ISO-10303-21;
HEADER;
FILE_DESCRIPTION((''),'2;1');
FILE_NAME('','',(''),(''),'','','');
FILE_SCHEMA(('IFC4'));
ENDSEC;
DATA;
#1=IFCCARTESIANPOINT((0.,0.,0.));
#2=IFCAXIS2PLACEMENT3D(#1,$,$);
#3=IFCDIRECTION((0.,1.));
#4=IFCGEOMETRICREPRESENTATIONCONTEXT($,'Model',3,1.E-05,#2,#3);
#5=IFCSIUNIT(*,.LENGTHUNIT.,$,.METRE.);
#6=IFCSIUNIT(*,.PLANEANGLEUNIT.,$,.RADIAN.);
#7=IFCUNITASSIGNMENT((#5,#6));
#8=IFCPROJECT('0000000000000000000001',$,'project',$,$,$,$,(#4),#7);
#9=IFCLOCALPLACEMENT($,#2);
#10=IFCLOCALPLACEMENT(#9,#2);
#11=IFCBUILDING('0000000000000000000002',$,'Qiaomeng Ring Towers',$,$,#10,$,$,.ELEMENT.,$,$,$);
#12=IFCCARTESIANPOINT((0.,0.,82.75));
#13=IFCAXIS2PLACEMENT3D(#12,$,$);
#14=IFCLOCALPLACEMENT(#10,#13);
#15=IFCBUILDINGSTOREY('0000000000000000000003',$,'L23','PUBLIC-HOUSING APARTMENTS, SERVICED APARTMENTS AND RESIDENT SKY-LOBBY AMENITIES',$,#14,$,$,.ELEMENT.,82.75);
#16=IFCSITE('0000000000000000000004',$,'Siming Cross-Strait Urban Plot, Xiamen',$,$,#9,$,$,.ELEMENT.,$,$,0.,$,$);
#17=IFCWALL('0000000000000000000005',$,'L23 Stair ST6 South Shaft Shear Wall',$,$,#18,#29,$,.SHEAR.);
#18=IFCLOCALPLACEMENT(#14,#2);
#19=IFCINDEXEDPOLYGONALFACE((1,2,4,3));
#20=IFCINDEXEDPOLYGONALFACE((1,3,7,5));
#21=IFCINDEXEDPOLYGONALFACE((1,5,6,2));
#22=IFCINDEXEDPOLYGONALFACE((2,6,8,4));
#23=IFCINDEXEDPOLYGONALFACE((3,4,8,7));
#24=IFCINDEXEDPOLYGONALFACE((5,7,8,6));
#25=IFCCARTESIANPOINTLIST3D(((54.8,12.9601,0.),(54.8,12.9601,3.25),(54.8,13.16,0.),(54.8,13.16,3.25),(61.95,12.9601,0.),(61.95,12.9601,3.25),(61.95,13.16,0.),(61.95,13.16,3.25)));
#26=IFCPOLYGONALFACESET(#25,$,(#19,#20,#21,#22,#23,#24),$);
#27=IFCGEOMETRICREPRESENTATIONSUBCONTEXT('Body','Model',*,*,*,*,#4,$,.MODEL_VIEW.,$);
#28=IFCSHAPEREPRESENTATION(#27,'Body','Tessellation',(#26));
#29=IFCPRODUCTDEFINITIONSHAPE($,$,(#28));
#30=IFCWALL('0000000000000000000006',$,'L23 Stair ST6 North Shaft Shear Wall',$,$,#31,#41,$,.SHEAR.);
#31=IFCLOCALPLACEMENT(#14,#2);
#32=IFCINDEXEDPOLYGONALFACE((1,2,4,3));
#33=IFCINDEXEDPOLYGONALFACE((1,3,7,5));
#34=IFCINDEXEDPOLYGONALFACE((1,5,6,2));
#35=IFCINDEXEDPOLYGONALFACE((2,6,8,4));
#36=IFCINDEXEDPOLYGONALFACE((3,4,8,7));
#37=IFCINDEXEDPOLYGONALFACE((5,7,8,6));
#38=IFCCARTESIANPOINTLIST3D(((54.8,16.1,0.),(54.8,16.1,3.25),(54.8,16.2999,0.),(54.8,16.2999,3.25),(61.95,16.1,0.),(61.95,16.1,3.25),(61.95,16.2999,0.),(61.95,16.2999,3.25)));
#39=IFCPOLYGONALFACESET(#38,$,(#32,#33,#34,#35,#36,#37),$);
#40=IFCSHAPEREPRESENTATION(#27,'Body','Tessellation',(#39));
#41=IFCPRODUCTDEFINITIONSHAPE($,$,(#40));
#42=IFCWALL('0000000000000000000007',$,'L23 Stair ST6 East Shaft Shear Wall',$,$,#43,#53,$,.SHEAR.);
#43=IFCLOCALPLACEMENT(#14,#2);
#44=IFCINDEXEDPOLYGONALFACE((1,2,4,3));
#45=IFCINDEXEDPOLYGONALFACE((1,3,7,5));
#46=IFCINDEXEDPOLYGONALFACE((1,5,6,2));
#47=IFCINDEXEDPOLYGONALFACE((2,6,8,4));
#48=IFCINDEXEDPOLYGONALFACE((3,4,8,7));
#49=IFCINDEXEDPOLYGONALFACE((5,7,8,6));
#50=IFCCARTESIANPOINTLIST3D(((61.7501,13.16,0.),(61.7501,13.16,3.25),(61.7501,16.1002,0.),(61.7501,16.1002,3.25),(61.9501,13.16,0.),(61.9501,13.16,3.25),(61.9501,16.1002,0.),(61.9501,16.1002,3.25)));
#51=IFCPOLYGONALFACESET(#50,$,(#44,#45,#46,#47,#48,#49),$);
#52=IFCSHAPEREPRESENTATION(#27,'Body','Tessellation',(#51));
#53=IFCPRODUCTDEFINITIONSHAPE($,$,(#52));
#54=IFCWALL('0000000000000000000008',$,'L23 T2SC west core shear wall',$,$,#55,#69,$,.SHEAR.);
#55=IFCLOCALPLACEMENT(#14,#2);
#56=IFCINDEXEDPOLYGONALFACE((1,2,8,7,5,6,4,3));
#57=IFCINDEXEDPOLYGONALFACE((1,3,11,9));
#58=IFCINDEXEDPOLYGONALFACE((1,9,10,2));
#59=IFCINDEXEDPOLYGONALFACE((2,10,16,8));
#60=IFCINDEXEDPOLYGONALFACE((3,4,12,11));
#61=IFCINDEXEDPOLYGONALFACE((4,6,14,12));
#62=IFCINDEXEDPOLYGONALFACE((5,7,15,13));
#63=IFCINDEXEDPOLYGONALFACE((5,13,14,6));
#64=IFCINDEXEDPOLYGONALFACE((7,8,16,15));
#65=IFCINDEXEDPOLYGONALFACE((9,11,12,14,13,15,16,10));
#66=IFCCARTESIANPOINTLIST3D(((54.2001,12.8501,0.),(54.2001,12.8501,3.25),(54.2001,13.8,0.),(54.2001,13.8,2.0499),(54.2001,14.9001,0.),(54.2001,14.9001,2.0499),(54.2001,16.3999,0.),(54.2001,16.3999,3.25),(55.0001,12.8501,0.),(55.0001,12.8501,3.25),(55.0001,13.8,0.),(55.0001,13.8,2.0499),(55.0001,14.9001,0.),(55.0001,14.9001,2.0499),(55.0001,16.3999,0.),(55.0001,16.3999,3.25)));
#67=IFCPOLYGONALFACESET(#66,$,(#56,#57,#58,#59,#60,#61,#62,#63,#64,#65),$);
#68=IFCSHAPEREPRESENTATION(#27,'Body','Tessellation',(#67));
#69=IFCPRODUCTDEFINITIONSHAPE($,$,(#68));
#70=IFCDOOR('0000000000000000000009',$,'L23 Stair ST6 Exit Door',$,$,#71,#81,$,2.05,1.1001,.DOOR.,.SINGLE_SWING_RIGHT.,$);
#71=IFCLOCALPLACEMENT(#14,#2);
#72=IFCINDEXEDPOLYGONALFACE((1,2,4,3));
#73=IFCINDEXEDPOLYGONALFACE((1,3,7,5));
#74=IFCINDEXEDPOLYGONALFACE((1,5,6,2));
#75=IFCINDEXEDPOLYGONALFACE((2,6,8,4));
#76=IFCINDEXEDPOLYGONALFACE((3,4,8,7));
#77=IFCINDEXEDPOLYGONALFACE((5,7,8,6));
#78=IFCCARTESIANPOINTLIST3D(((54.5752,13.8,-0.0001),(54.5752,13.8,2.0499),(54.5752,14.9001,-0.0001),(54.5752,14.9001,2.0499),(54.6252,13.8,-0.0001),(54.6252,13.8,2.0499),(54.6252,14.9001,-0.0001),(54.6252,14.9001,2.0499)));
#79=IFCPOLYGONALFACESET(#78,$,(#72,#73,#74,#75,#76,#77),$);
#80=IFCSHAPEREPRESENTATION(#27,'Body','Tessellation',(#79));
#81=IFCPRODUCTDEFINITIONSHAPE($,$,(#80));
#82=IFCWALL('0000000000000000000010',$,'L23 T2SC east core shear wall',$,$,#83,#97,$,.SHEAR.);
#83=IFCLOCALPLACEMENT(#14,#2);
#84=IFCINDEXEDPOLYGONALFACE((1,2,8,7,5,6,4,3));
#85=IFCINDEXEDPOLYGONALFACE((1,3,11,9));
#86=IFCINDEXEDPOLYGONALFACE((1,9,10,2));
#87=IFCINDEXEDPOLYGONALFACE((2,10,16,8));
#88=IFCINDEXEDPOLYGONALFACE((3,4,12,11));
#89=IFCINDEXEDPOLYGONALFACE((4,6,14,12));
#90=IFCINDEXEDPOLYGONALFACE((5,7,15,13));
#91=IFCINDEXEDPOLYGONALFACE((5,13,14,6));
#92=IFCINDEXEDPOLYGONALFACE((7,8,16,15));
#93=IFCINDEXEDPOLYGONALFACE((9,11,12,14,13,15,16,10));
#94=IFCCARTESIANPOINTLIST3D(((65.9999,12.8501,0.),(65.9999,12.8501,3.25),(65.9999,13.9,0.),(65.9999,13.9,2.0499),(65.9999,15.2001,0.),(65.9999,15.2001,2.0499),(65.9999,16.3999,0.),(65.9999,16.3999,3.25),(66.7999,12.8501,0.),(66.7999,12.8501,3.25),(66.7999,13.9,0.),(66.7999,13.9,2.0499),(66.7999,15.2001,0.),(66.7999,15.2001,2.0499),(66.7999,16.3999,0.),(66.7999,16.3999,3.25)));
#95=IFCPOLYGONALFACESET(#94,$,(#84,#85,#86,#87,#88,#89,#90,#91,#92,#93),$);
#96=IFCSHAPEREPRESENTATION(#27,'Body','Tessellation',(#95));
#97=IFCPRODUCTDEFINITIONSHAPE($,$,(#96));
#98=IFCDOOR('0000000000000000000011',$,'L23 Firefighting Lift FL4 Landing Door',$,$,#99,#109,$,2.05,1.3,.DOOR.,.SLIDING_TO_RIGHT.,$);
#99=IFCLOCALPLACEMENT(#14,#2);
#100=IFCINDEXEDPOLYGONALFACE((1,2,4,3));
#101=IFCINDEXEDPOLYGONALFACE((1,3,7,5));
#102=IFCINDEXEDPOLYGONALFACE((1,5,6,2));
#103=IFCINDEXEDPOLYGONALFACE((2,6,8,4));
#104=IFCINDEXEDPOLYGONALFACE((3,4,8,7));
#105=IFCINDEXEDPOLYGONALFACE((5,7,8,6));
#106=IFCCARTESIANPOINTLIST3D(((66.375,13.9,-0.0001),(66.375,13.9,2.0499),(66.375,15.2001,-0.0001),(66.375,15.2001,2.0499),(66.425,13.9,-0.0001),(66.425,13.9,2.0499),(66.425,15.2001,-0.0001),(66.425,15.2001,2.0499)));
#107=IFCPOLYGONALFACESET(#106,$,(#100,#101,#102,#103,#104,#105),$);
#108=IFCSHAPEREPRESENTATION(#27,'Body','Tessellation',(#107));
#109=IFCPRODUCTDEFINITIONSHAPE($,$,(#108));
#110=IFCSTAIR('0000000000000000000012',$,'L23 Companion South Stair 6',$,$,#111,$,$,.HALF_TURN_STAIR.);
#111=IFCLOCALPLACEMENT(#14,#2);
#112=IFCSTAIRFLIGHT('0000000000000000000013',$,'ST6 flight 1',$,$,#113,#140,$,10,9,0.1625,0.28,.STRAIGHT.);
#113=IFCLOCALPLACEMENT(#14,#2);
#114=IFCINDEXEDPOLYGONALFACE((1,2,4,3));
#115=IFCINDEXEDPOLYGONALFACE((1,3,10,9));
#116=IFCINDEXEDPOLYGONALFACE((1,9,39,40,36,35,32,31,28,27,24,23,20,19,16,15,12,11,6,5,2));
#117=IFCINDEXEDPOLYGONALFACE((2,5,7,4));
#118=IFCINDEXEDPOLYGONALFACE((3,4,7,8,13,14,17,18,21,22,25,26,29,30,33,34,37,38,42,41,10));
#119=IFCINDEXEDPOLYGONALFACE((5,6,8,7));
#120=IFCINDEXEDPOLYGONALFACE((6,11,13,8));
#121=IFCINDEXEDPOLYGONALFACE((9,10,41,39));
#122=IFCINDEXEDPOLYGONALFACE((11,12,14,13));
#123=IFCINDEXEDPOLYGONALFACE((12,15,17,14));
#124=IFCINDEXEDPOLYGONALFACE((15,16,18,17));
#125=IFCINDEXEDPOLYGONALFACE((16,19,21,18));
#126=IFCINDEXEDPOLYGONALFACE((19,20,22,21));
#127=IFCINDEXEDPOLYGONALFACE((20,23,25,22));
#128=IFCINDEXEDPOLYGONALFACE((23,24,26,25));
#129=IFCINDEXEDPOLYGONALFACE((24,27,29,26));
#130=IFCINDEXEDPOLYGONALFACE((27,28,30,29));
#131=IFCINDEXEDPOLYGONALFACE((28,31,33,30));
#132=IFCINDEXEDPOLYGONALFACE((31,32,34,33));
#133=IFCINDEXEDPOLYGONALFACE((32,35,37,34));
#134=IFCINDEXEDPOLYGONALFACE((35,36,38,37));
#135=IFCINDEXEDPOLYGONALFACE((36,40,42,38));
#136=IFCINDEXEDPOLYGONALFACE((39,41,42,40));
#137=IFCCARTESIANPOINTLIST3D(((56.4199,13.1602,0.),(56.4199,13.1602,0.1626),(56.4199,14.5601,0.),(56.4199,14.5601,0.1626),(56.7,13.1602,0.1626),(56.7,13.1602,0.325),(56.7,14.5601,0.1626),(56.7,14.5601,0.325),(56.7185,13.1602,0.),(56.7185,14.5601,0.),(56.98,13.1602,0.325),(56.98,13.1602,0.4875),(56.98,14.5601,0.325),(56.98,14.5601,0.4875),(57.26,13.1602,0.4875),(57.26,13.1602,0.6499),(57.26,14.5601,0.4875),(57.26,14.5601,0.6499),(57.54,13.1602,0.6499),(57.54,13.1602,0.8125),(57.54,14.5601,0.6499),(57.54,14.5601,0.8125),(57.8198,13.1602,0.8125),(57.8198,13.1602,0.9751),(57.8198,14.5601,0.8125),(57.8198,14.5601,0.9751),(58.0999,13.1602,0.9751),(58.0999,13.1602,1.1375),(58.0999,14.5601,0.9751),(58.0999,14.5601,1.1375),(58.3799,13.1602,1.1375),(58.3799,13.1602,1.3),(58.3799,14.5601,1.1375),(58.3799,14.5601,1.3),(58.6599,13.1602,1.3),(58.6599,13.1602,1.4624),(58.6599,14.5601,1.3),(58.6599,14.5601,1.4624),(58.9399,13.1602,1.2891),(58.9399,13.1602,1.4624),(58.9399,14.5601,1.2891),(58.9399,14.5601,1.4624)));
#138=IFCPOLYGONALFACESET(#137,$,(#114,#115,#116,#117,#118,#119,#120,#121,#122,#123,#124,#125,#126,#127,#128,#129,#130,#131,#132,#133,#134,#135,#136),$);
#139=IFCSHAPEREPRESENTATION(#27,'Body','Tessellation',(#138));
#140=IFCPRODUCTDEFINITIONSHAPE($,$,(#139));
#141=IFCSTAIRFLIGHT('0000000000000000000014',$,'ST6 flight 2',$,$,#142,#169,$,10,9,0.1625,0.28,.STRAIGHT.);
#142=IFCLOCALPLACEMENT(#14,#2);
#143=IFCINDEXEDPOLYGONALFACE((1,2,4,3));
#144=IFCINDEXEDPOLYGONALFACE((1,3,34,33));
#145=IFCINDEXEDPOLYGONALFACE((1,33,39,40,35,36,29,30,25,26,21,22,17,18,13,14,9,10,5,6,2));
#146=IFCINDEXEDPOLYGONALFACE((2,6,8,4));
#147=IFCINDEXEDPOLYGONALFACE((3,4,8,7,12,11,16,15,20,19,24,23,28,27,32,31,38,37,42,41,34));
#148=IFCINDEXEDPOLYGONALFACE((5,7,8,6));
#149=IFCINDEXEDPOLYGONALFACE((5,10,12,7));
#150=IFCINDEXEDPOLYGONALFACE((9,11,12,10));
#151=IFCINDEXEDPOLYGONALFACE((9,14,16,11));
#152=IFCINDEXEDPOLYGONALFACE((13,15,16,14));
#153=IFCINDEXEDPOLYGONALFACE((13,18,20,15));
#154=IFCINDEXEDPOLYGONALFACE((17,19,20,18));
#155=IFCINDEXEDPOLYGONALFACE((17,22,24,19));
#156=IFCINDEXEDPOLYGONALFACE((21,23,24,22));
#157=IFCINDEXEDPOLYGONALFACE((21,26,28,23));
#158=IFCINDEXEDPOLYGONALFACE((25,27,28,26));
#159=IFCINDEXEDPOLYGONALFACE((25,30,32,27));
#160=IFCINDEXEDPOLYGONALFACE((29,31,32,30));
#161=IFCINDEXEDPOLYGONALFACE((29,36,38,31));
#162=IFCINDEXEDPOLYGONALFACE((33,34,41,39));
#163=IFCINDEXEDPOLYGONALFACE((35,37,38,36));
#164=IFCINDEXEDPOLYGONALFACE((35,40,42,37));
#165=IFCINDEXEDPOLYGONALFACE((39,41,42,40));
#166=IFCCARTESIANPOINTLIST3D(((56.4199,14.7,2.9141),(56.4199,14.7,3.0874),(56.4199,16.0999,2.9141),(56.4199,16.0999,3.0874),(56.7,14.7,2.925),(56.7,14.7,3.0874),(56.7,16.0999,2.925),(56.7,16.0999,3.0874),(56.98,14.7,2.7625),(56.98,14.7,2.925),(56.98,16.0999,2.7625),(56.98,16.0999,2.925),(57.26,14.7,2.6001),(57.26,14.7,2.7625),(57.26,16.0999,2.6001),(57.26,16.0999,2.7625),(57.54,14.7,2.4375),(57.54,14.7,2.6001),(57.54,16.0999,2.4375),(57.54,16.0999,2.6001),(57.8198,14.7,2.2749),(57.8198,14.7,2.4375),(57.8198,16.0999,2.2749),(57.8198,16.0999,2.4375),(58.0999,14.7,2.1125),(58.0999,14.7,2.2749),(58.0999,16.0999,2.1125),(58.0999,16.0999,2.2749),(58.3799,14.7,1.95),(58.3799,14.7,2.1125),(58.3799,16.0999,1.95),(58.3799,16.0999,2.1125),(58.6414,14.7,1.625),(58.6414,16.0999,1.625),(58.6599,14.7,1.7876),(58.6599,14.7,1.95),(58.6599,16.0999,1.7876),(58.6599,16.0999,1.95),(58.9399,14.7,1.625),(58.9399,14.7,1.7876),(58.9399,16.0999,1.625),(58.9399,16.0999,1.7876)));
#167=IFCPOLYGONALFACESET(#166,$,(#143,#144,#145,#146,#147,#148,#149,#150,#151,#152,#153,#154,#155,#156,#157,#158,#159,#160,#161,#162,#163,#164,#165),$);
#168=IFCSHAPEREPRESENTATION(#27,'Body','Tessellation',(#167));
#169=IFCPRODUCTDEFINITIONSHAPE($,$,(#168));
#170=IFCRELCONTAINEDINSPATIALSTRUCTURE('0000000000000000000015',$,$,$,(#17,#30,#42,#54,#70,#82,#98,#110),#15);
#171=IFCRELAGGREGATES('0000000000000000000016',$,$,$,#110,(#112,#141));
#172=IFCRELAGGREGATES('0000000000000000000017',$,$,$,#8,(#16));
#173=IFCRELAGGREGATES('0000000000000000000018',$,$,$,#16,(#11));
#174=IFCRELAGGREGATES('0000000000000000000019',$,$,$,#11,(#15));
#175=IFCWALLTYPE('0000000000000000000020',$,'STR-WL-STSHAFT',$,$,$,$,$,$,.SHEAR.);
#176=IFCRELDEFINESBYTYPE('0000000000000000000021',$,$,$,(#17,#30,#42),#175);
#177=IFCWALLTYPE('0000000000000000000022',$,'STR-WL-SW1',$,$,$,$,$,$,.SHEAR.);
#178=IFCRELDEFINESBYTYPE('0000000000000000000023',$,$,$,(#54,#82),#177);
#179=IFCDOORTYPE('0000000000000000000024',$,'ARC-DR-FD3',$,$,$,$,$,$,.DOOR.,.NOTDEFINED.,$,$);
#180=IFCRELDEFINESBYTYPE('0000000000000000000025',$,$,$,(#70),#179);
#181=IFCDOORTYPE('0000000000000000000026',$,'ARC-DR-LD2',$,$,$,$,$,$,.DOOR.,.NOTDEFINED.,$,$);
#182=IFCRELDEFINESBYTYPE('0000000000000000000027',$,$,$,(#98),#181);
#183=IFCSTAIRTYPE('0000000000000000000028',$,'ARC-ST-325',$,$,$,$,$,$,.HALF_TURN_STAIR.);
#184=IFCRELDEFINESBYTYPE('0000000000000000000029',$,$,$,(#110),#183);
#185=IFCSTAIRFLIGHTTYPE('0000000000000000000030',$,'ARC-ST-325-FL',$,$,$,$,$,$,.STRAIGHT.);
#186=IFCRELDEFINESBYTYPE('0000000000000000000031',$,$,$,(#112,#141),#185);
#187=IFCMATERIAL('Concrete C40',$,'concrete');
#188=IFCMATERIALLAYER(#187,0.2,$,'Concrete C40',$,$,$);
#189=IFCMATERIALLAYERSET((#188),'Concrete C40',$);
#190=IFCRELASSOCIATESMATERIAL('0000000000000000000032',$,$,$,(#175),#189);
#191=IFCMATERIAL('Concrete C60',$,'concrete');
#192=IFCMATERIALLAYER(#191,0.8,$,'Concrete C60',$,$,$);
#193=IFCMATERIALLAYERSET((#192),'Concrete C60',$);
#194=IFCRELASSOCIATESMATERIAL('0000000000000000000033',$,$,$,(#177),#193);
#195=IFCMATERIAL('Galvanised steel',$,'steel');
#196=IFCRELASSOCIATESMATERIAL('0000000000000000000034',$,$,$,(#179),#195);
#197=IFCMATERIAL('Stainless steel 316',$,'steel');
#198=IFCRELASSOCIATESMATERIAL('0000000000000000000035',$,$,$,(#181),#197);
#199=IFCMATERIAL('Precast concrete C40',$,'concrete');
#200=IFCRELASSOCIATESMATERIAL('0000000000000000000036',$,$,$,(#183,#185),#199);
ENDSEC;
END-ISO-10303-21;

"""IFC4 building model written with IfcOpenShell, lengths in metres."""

from ifc_helpers import new_model, si_unit, direction, frame, frame_2d, origin, place, context, subcontext, project, spatial, polyline, rectangle, outline, extrude, source, transform, mapped, material, layer, layer_set, type_object, element, fill, aggregate, save


model = new_model("IFC4")

# Units and contexts
model_context = context("Model", 3, precision=1e-05, world=origin(), true_north=direction((0.0, 1.0)))
body_context = subcontext(model_context, "Body", "Model", "MODEL_VIEW")
ifc_project = project(units=[si_unit("LENGTHUNIT", "METRE"), si_unit("PLANEANGLEUNIT", "RADIAN")], contexts=[model_context])

# Site, building, storey
site_placement = place(None, origin())
site = spatial("IfcSite", under=ifc_project, at=site_placement, Name="Siming Cross-Strait Urban Plot, Xiamen", CompositionType="ELEMENT", RefElevation=0.0)
building_placement = place(site_placement, origin())
building = spatial("IfcBuilding", under=site, at=building_placement, Name="Qiaomeng Ring Towers", CompositionType="ELEMENT")
storey_placement = place(building_placement, frame((0.0, 0.0, 82.75)))
storey = spatial("IfcBuildingStorey", under=building, at=storey_placement, Name="L23", Description="PUBLIC-HOUSING APARTMENTS, SERVICED APARTMENTS AND RESIDENT SKY-LOBBY AMENITIES", CompositionType="ELEMENT", Elevation=82.75)

# Walls
ifc_material_1 = material(Name="Concrete C40", Category="concrete")
ifc_layer_1 = layer(ifc_material_1, 0.2, Name="Concrete C40")
ifc_layer_set_1 = layer_set([ifc_layer_1], Name="Concrete C40")
wall_type_1 = type_object("IfcWallType", Name="STR-WL-STSHAFT", PredefinedType="SHEAR", material=ifc_layer_set_1)
for number, where, z_axis, x_axis, name in (
    (1, (54.8, 13.0601, 0.0), (0.0, 0.0, 1.0), (1.0, 0.0, 0.0), "L23 Stair ST6 South Shaft Shear Wall"),
    (2, (54.8, 16.2, 0.0), (0.0, 0.0, 1.0), (1.0, 0.0, 0.0), "L23 Stair ST6 North Shaft Shear Wall"),
):
    element("IfcWall", number, at=place(storey_placement, frame(where, z_axis=z_axis, x_axis=x_axis)), inside=storey, type_object=wall_type_1, Name=name, PredefinedType="SHEAR", context=body_context, shape_type="SweptSolid", body=[
        extrude(rectangle(XDim=7.1499, YDim=0.2, at=frame_2d((3.575, 0.0))), origin(), (0.0, 0.0, 1.0), 3.25),
    ])
wall_1_placement = place(storey_placement, frame((61.8501, 13.1599, 0.0), z_axis=(0.0, 0.0, 1.0), x_axis=(0.0, 1.0, 0.0)))
element("IfcWall", 3, at=wall_1_placement, inside=storey, type_object=wall_type_1, Name="L23 Stair ST6 East Shaft Shear Wall", PredefinedType="SHEAR", context=body_context, shape_type="SweptSolid", body=[
    extrude(rectangle(XDim=2.9402, YDim=0.2, at=frame_2d((1.4702, 0.0))), origin(), (0.0, 0.0, 1.0), 3.25),
])

# Walls, openings, doors
ifc_material_2 = material(Name="Concrete C60", Category="concrete")
ifc_layer_2 = layer(ifc_material_2, 0.8, Name="Concrete C60")
ifc_layer_set_2 = layer_set([ifc_layer_2], Name="Concrete C60")
wall_type_2 = type_object("IfcWallType", Name="STR-WL-SW1", PredefinedType="SHEAR", material=ifc_layer_set_2)
wall_2_placement = place(storey_placement, frame((54.6001, 12.8501, 0.0), z_axis=(0.0, 0.0, 1.0), x_axis=(0.0, 1.0, 0.0)))
wall_2 = element("IfcWall", 4, at=wall_2_placement, inside=storey, type_object=wall_type_2, Name="L23 T2SC west core shear wall", PredefinedType="SHEAR", context=body_context, shape_type="SweptSolid", body=[
    extrude(rectangle(XDim=3.5498, YDim=0.8, at=frame_2d((1.7749, 0.0))), origin(), (0.0, 0.0, 1.0), 3.25),
])
opening_1_placement = place(wall_2_placement, frame((0.95, 0.0, 0.0)))
opening_1 = element("IfcOpeningElement", 5, at=opening_1_placement, cuts=wall_2, PredefinedType="OPENING", context=body_context, shape_type="SweptSolid", body=[
    extrude(rectangle(XDim=1.1001, YDim=2.05, at=frame_2d((0.55, 1.0249))), frame((0.0, 0.4099, 0.0), z_axis=(0.0, -1.0, 0.0), x_axis=(1.0, 0.0, 0.0)), (0.0, 0.0, 1.0), 0.8201),
])
ifc_material_3 = material(Name="Galvanised steel", Category="steel")
door_type_1 = type_object("IfcDoorType", Name="ARC-DR-FD3", OperationType="NOTDEFINED", PredefinedType="DOOR", material=ifc_material_3)
shared_shape_1 = source(origin(), body_context, "Body", "SweptSolid", [
    extrude(rectangle(XDim=1.1001, YDim=2.05, at=frame_2d((0.55, 1.0249))), frame((0.0, 0.0249, 0.0), z_axis=(0.0, -1.0, 0.0), x_axis=(1.0, 0.0, 0.0)), (0.0, 0.0, 1.0), 0.05),
])
door_1_placement = place(opening_1_placement, origin())
door_1 = element("IfcDoor", 6, at=door_1_placement, inside=storey, type_object=door_type_1, Name="L23 Stair ST6 Exit Door", OperationType="SINGLE_SWING_RIGHT", OverallHeight=2.05, OverallWidth=1.1001, PredefinedType="DOOR", context=body_context, shape_type="MappedRepresentation", body=[
    mapped(shared_shape_1, transform((0.0, 0.0, 0.0), x_axis=(1.0, 0.0, 0.0), y_axis=(0.0, 1.0, 0.0), z_axis=(0.0, 0.0, 1.0), scale=1.0)),
])
fill(opening_1, door_1)
wall_3_placement = place(storey_placement, frame((66.3999, 12.8501, 0.0), z_axis=(0.0, 0.0, 1.0), x_axis=(0.0, 1.0, 0.0)))
wall_3 = element("IfcWall", 7, at=wall_3_placement, inside=storey, type_object=wall_type_2, Name="L23 T2SC east core shear wall", PredefinedType="SHEAR", context=body_context, shape_type="SweptSolid", body=[
    extrude(rectangle(XDim=3.5498, YDim=0.8, at=frame_2d((1.7749, 0.0))), origin(), (0.0, 0.0, 1.0), 3.25),
])
opening_2_placement = place(wall_3_placement, frame((1.05, 0.0, 0.0)))
opening_2 = element("IfcOpeningElement", 8, at=opening_2_placement, cuts=wall_3, PredefinedType="OPENING", context=body_context, shape_type="SweptSolid", body=[
    extrude(rectangle(XDim=1.3, YDim=2.05, at=frame_2d((0.6499, 1.0249))), frame((0.0, 0.4099, 0.0), z_axis=(0.0, -1.0, 0.0), x_axis=(1.0, 0.0, 0.0)), (0.0, 0.0, 1.0), 0.8201),
])
ifc_material_4 = material(Name="Stainless steel 316", Category="steel")
door_type_2 = type_object("IfcDoorType", Name="ARC-DR-LD2", OperationType="NOTDEFINED", PredefinedType="DOOR", material=ifc_material_4)
shared_shape_2 = source(origin(), body_context, "Body", "SweptSolid", [
    extrude(rectangle(XDim=1.3, YDim=2.05, at=frame_2d((0.6499, 1.0249))), frame((0.0, 0.0249, 0.0), z_axis=(0.0, -1.0, 0.0), x_axis=(1.0, 0.0, 0.0)), (0.0, 0.0, 1.0), 0.05),
])
door_2_placement = place(opening_2_placement, origin())
door_2 = element("IfcDoor", 9, at=door_2_placement, inside=storey, type_object=door_type_2, Name="L23 Firefighting Lift FL4 Landing Door", OperationType="SLIDING_TO_RIGHT", OverallHeight=2.05, OverallWidth=1.3, PredefinedType="DOOR", context=body_context, shape_type="MappedRepresentation", body=[
    mapped(shared_shape_2, transform((0.0, 0.0, 0.0), x_axis=(1.0, 0.0, 0.0), y_axis=(0.0, 1.0, 0.0), z_axis=(0.0, 0.0, 1.0), scale=1.0)),
])
fill(opening_2, door_2)

# Stair, stair flights
ifc_material_5 = material(Name="Precast concrete C40", Category="concrete")
stair_type = type_object("IfcStairType", Name="ARC-ST-325", PredefinedType="HALF_TURN_STAIR", material=ifc_material_5)
stair_placement = place(storey_placement, origin())
stair = element("IfcStair", 10, at=stair_placement, inside=storey, type_object=stair_type, Name="L23 Companion South Stair 6", PredefinedType="HALF_TURN_STAIR")
stair_flight_type = type_object("IfcStairFlightType", Name="ARC-ST-325-FL", PredefinedType="STRAIGHT", material=ifc_material_5)
shared_shape_3 = source(origin(), body_context, "Body", "SweptSolid", [
    extrude(outline(polyline([(0.0, 0.0), (0.0, 0.1626), (0.28, 0.1626), (0.28, 0.325), (0.5601, 0.325), (0.5601, 0.4875), (0.8401, 0.4875), (0.8401, 0.6499), (1.1201, 0.6499), (1.1201, 0.8125), (1.3999, 0.8125), (1.3999, 0.9751), (1.6799, 0.9751), (1.6799, 1.1375), (1.96, 1.1375), (1.96, 1.3), (2.24, 1.3), (2.24, 1.4624), (2.52, 1.4624), (2.52, 1.625), (2.52, 1.2891), (0.2986, 0.0), (0.0, 0.0)])), frame((0.0, 0.7, 0.0), z_axis=(0.0, -1.0, 0.0), x_axis=(1.0, 0.0, 0.0)), (0.0, 0.0, 1.0), 1.3999),
])
stair_flight_1_placement = place(storey_placement, frame((56.4199, 13.8601, 0.0), z_axis=(0.0, 0.0, 1.0), x_axis=(1.0, 0.0, 0.0)))
stair_flight_1 = element("IfcStairFlight", 11, at=stair_flight_1_placement, type_object=stair_flight_type, Name="ST6 flight 1", NumberOfRisers=10, NumberOfTreads=9, PredefinedType="STRAIGHT", RiserHeight=0.1625, TreadLength=0.28, context=body_context, shape_type="MappedRepresentation", body=[
    mapped(shared_shape_3, transform((0.0, 0.0, 0.0), x_axis=(1.0, 0.0, 0.0), y_axis=(0.0, 1.0, 0.0), z_axis=(0.0, 0.0, 1.0), scale=1.0)),
])
stair_flight_2_placement = place(storey_placement, frame((58.9399, 15.3999, 1.625), z_axis=(0.0, 0.0, 1.0), x_axis=(-1.0, 0.0, 0.0)))
stair_flight_2 = element("IfcStairFlight", 12, at=stair_flight_2_placement, type_object=stair_flight_type, Name="ST6 flight 2", NumberOfRisers=10, NumberOfTreads=9, PredefinedType="STRAIGHT", RiserHeight=0.1625, TreadLength=0.28, context=body_context, shape_type="MappedRepresentation", body=[
    mapped(shared_shape_3, transform((0.0, 0.0, 0.0), x_axis=(1.0, 0.0, 0.0), y_axis=(0.0, 1.0, 0.0), z_axis=(0.0, 0.0, 1.0), scale=1.0)),
])
aggregate(stair, [stair_flight_1, stair_flight_2])

save(model, "model.ifc")
